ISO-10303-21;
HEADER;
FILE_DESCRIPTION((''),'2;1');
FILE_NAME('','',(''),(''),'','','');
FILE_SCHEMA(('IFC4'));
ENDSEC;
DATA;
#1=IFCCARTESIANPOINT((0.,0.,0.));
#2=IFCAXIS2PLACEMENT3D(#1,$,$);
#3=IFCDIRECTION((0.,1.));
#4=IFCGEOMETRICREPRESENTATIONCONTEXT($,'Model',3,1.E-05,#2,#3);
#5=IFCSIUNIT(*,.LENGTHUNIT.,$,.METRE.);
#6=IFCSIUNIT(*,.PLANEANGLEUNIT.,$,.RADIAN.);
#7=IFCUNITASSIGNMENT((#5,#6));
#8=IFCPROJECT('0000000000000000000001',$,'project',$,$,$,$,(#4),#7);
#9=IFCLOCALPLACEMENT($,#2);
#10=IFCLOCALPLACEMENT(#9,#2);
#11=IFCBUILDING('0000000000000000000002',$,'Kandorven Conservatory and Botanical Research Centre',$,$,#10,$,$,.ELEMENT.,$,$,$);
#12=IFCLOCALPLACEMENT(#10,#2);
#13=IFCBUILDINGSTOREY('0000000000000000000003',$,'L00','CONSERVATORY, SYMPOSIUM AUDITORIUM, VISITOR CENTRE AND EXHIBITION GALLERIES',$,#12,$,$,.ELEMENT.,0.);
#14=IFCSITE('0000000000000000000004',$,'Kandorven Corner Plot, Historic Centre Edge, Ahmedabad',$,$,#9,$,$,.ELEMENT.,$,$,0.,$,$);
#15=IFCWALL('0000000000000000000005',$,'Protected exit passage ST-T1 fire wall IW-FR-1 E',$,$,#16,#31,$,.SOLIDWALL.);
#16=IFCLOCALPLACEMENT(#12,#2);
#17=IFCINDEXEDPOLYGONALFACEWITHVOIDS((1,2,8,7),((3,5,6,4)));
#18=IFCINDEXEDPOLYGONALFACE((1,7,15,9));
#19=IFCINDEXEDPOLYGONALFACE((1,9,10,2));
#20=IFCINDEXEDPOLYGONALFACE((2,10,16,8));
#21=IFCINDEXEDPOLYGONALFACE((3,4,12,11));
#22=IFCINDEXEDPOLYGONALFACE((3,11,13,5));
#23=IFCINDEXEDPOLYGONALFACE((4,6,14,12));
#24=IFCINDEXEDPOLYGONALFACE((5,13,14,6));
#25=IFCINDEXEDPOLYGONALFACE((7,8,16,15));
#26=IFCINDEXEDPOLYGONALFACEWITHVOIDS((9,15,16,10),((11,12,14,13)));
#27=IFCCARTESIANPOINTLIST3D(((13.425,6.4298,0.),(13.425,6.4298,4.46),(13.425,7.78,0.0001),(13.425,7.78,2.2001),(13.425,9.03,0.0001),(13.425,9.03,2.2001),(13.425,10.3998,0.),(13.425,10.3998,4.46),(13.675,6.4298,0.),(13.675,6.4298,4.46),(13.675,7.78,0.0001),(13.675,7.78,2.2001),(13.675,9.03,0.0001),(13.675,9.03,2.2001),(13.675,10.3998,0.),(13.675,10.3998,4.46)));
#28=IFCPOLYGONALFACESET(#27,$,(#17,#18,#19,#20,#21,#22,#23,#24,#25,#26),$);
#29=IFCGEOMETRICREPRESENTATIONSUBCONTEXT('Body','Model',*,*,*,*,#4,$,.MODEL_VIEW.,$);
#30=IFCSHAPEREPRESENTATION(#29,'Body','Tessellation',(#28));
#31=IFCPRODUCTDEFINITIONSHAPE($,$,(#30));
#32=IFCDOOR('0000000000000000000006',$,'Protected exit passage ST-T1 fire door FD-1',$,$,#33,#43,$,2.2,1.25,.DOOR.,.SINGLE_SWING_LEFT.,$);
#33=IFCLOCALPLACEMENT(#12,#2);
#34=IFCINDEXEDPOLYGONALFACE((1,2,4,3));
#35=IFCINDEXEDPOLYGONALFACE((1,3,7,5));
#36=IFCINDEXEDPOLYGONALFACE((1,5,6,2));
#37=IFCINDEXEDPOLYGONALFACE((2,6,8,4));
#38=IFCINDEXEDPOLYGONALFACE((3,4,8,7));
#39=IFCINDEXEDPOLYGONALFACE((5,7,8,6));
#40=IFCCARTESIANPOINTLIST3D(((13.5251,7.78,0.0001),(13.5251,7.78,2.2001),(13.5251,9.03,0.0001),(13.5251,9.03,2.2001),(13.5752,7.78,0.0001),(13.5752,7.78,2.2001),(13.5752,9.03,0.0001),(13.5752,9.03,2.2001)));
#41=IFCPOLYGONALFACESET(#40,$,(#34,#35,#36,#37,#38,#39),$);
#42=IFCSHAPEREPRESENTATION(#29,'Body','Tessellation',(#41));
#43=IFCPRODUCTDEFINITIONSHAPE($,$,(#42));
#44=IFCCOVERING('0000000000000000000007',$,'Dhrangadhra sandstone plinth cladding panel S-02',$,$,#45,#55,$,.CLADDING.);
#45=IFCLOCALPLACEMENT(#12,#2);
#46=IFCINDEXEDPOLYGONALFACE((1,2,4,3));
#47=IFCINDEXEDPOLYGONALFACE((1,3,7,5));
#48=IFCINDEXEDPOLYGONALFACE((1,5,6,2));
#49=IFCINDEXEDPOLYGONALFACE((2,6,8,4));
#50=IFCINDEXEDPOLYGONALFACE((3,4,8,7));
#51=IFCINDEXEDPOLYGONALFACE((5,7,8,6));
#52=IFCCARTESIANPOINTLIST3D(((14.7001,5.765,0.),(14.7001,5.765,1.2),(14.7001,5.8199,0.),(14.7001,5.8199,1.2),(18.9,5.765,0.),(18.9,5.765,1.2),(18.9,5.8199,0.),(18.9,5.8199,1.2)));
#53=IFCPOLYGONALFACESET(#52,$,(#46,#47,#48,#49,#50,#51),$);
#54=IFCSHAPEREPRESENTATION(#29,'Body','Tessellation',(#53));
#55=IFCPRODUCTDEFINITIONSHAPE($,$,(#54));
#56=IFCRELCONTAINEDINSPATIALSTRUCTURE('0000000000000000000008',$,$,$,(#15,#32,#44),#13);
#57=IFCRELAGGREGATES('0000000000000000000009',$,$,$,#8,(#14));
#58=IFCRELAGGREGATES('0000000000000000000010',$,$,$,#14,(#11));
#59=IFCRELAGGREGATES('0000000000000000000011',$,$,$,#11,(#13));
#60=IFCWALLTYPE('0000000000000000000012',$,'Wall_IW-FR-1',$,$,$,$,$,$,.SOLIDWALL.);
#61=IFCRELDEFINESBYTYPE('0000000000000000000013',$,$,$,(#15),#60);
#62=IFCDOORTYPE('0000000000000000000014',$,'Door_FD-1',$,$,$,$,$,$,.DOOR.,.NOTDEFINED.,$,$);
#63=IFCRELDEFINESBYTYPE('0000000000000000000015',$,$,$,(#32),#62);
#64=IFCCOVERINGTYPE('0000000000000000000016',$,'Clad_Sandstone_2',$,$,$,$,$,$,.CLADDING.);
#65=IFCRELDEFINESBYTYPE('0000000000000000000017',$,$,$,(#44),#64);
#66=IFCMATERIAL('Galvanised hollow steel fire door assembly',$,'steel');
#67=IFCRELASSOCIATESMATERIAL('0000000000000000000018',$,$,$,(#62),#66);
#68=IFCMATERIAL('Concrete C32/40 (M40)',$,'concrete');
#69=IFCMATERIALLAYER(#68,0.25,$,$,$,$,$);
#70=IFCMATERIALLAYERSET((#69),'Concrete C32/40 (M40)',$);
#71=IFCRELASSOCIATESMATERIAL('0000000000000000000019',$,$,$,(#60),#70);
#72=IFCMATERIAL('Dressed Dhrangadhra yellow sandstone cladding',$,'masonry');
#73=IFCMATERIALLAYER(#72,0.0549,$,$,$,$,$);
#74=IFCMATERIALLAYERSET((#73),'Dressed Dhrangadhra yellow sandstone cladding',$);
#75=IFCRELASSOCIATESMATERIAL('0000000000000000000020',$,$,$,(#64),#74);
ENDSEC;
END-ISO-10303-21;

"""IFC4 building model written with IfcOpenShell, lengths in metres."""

from ifc_helpers import new_model, si_unit, direction, frame, frame_2d, origin, origin_2d, place, context, subcontext, project, spatial, rectangle, extrude, material, layer, layer_set, type_object, element, fill, save


model = new_model("IFC4")

# Units and contexts
model_context = context("Model", 3, precision=1e-05, world=origin(), true_north=direction((0.0, 1.0)))
body_context = subcontext(model_context, "Body", "Model", "MODEL_VIEW")
ifc_project = project(units=[si_unit("LENGTHUNIT", "METRE"), si_unit("PLANEANGLEUNIT", "RADIAN")], contexts=[model_context])

# Site, building, storey
site_placement = place(None, origin())
site = spatial("IfcSite", under=ifc_project, at=site_placement, Name="Kandorven Corner Plot, Historic Centre Edge, Ahmedabad", CompositionType="ELEMENT", RefElevation=0.0)
building_placement = place(site_placement, origin())
building = spatial("IfcBuilding", under=site, at=building_placement, Name="Kandorven Conservatory and Botanical Research Centre", CompositionType="ELEMENT")
storey_placement = place(building_placement, origin())
storey = spatial("IfcBuildingStorey", under=building, at=storey_placement, Name="L00", Description="CONSERVATORY, SYMPOSIUM AUDITORIUM, VISITOR CENTRE AND EXHIBITION GALLERIES", CompositionType="ELEMENT", Elevation=0.0)

# Shared definitions
ifc_material_1 = material(Name="Galvanised hollow steel fire door assembly", Category="steel")
door_type_1 = type_object("IfcDoorType", Name="Door_FD-1", OperationType="NOTDEFINED", PredefinedType="DOOR", material=ifc_material_1)

# Wall, opening, door
ifc_material_2 = material(Name="Concrete C32/40 (M40)", Category="concrete")
ifc_layer_1 = layer(ifc_material_2, 0.25)
ifc_layer_set_1 = layer_set([ifc_layer_1], Name="Concrete C32/40 (M40)")
wall_type_1 = type_object("IfcWallType", Name="Wall_IW-FR-1", PredefinedType="SOLIDWALL", material=ifc_layer_set_1)
wall_1_placement = place(storey_placement, frame((13.55, 6.4299, 0.0), z_axis=(0.0, 0.0, 1.0), x_axis=(0.0, 1.0, 0.0)))
wall_1 = element("IfcWall", 1, at=wall_1_placement, inside=storey, type_object=wall_type_1, Name="Protected exit passage ST-T1 fire wall IW-FR-1 E", PredefinedType="SOLIDWALL", context=body_context, shape_type="SweptSolid", body=[
    extrude(rectangle(XDim=3.97, YDim=0.25, at=frame_2d((1.9849, 0.0))), origin(), (0.0, 0.0, 1.0), 4.46),
])
opening_1_placement = place(wall_1_placement, frame((1.3501, 0.0, 0.0)))
opening_1 = element("IfcOpeningElement", 2, at=opening_1_placement, cuts=wall_1, PredefinedType="OPENING", context=body_context, shape_type="SweptSolid", body=[
    extrude(rectangle(XDim=1.25, YDim=2.2, at=frame_2d((0.625, 1.1001))), frame((0.0, 0.135, 0.0), z_axis=(0.0, -1.0, 0.0), x_axis=(1.0, 0.0, 0.0)), (0.0, 0.0, 1.0), 0.27),
])
door_1_placement = place(opening_1_placement, origin())
door_1 = element("IfcDoor", 3, at=door_1_placement, inside=storey, type_object=door_type_1, Name="Protected exit passage ST-T1 fire door FD-1", OperationType="SINGLE_SWING_LEFT", OverallHeight=2.2, OverallWidth=1.25, PredefinedType="DOOR", context=body_context, shape_type="SweptSolid", body=[
    extrude(rectangle(XDim=1.25, YDim=2.2, at=frame_2d((0.625, 1.1001))), frame((0.0, 0.0249, 0.0), z_axis=(0.0, -1.0, 0.0), x_axis=(1.0, 0.0, 0.0)), (0.0, 0.0, 1.0), 0.05),
])
fill(opening_1, door_1)

# Covering
ifc_material_3 = material(Name="Dressed Dhrangadhra yellow sandstone cladding", Category="masonry")
ifc_layer_2 = layer(ifc_material_3, 0.0549)
ifc_layer_set_2 = layer_set([ifc_layer_2], Name="Dressed Dhrangadhra yellow sandstone cladding")
covering_type = type_object("IfcCoveringType", Name="Clad_Sandstone_2", PredefinedType="CLADDING", material=ifc_layer_set_2)
covering_placement = place(storey_placement, frame((16.8, 5.7925, 0.0), z_axis=(0.0, 0.0, 1.0), x_axis=(1.0, 0.0, 0.0)))
element("IfcCovering", 4, at=covering_placement, inside=storey, type_object=covering_type, Name="Dhrangadhra sandstone plinth cladding panel S-02", PredefinedType="CLADDING", context=body_context, shape_type="SweptSolid", body=[
    extrude(rectangle(XDim=4.2, YDim=0.0549, at=origin_2d()), origin(), (0.0, 0.0, 1.0), 1.2),
])

save(model, "model.ifc")
